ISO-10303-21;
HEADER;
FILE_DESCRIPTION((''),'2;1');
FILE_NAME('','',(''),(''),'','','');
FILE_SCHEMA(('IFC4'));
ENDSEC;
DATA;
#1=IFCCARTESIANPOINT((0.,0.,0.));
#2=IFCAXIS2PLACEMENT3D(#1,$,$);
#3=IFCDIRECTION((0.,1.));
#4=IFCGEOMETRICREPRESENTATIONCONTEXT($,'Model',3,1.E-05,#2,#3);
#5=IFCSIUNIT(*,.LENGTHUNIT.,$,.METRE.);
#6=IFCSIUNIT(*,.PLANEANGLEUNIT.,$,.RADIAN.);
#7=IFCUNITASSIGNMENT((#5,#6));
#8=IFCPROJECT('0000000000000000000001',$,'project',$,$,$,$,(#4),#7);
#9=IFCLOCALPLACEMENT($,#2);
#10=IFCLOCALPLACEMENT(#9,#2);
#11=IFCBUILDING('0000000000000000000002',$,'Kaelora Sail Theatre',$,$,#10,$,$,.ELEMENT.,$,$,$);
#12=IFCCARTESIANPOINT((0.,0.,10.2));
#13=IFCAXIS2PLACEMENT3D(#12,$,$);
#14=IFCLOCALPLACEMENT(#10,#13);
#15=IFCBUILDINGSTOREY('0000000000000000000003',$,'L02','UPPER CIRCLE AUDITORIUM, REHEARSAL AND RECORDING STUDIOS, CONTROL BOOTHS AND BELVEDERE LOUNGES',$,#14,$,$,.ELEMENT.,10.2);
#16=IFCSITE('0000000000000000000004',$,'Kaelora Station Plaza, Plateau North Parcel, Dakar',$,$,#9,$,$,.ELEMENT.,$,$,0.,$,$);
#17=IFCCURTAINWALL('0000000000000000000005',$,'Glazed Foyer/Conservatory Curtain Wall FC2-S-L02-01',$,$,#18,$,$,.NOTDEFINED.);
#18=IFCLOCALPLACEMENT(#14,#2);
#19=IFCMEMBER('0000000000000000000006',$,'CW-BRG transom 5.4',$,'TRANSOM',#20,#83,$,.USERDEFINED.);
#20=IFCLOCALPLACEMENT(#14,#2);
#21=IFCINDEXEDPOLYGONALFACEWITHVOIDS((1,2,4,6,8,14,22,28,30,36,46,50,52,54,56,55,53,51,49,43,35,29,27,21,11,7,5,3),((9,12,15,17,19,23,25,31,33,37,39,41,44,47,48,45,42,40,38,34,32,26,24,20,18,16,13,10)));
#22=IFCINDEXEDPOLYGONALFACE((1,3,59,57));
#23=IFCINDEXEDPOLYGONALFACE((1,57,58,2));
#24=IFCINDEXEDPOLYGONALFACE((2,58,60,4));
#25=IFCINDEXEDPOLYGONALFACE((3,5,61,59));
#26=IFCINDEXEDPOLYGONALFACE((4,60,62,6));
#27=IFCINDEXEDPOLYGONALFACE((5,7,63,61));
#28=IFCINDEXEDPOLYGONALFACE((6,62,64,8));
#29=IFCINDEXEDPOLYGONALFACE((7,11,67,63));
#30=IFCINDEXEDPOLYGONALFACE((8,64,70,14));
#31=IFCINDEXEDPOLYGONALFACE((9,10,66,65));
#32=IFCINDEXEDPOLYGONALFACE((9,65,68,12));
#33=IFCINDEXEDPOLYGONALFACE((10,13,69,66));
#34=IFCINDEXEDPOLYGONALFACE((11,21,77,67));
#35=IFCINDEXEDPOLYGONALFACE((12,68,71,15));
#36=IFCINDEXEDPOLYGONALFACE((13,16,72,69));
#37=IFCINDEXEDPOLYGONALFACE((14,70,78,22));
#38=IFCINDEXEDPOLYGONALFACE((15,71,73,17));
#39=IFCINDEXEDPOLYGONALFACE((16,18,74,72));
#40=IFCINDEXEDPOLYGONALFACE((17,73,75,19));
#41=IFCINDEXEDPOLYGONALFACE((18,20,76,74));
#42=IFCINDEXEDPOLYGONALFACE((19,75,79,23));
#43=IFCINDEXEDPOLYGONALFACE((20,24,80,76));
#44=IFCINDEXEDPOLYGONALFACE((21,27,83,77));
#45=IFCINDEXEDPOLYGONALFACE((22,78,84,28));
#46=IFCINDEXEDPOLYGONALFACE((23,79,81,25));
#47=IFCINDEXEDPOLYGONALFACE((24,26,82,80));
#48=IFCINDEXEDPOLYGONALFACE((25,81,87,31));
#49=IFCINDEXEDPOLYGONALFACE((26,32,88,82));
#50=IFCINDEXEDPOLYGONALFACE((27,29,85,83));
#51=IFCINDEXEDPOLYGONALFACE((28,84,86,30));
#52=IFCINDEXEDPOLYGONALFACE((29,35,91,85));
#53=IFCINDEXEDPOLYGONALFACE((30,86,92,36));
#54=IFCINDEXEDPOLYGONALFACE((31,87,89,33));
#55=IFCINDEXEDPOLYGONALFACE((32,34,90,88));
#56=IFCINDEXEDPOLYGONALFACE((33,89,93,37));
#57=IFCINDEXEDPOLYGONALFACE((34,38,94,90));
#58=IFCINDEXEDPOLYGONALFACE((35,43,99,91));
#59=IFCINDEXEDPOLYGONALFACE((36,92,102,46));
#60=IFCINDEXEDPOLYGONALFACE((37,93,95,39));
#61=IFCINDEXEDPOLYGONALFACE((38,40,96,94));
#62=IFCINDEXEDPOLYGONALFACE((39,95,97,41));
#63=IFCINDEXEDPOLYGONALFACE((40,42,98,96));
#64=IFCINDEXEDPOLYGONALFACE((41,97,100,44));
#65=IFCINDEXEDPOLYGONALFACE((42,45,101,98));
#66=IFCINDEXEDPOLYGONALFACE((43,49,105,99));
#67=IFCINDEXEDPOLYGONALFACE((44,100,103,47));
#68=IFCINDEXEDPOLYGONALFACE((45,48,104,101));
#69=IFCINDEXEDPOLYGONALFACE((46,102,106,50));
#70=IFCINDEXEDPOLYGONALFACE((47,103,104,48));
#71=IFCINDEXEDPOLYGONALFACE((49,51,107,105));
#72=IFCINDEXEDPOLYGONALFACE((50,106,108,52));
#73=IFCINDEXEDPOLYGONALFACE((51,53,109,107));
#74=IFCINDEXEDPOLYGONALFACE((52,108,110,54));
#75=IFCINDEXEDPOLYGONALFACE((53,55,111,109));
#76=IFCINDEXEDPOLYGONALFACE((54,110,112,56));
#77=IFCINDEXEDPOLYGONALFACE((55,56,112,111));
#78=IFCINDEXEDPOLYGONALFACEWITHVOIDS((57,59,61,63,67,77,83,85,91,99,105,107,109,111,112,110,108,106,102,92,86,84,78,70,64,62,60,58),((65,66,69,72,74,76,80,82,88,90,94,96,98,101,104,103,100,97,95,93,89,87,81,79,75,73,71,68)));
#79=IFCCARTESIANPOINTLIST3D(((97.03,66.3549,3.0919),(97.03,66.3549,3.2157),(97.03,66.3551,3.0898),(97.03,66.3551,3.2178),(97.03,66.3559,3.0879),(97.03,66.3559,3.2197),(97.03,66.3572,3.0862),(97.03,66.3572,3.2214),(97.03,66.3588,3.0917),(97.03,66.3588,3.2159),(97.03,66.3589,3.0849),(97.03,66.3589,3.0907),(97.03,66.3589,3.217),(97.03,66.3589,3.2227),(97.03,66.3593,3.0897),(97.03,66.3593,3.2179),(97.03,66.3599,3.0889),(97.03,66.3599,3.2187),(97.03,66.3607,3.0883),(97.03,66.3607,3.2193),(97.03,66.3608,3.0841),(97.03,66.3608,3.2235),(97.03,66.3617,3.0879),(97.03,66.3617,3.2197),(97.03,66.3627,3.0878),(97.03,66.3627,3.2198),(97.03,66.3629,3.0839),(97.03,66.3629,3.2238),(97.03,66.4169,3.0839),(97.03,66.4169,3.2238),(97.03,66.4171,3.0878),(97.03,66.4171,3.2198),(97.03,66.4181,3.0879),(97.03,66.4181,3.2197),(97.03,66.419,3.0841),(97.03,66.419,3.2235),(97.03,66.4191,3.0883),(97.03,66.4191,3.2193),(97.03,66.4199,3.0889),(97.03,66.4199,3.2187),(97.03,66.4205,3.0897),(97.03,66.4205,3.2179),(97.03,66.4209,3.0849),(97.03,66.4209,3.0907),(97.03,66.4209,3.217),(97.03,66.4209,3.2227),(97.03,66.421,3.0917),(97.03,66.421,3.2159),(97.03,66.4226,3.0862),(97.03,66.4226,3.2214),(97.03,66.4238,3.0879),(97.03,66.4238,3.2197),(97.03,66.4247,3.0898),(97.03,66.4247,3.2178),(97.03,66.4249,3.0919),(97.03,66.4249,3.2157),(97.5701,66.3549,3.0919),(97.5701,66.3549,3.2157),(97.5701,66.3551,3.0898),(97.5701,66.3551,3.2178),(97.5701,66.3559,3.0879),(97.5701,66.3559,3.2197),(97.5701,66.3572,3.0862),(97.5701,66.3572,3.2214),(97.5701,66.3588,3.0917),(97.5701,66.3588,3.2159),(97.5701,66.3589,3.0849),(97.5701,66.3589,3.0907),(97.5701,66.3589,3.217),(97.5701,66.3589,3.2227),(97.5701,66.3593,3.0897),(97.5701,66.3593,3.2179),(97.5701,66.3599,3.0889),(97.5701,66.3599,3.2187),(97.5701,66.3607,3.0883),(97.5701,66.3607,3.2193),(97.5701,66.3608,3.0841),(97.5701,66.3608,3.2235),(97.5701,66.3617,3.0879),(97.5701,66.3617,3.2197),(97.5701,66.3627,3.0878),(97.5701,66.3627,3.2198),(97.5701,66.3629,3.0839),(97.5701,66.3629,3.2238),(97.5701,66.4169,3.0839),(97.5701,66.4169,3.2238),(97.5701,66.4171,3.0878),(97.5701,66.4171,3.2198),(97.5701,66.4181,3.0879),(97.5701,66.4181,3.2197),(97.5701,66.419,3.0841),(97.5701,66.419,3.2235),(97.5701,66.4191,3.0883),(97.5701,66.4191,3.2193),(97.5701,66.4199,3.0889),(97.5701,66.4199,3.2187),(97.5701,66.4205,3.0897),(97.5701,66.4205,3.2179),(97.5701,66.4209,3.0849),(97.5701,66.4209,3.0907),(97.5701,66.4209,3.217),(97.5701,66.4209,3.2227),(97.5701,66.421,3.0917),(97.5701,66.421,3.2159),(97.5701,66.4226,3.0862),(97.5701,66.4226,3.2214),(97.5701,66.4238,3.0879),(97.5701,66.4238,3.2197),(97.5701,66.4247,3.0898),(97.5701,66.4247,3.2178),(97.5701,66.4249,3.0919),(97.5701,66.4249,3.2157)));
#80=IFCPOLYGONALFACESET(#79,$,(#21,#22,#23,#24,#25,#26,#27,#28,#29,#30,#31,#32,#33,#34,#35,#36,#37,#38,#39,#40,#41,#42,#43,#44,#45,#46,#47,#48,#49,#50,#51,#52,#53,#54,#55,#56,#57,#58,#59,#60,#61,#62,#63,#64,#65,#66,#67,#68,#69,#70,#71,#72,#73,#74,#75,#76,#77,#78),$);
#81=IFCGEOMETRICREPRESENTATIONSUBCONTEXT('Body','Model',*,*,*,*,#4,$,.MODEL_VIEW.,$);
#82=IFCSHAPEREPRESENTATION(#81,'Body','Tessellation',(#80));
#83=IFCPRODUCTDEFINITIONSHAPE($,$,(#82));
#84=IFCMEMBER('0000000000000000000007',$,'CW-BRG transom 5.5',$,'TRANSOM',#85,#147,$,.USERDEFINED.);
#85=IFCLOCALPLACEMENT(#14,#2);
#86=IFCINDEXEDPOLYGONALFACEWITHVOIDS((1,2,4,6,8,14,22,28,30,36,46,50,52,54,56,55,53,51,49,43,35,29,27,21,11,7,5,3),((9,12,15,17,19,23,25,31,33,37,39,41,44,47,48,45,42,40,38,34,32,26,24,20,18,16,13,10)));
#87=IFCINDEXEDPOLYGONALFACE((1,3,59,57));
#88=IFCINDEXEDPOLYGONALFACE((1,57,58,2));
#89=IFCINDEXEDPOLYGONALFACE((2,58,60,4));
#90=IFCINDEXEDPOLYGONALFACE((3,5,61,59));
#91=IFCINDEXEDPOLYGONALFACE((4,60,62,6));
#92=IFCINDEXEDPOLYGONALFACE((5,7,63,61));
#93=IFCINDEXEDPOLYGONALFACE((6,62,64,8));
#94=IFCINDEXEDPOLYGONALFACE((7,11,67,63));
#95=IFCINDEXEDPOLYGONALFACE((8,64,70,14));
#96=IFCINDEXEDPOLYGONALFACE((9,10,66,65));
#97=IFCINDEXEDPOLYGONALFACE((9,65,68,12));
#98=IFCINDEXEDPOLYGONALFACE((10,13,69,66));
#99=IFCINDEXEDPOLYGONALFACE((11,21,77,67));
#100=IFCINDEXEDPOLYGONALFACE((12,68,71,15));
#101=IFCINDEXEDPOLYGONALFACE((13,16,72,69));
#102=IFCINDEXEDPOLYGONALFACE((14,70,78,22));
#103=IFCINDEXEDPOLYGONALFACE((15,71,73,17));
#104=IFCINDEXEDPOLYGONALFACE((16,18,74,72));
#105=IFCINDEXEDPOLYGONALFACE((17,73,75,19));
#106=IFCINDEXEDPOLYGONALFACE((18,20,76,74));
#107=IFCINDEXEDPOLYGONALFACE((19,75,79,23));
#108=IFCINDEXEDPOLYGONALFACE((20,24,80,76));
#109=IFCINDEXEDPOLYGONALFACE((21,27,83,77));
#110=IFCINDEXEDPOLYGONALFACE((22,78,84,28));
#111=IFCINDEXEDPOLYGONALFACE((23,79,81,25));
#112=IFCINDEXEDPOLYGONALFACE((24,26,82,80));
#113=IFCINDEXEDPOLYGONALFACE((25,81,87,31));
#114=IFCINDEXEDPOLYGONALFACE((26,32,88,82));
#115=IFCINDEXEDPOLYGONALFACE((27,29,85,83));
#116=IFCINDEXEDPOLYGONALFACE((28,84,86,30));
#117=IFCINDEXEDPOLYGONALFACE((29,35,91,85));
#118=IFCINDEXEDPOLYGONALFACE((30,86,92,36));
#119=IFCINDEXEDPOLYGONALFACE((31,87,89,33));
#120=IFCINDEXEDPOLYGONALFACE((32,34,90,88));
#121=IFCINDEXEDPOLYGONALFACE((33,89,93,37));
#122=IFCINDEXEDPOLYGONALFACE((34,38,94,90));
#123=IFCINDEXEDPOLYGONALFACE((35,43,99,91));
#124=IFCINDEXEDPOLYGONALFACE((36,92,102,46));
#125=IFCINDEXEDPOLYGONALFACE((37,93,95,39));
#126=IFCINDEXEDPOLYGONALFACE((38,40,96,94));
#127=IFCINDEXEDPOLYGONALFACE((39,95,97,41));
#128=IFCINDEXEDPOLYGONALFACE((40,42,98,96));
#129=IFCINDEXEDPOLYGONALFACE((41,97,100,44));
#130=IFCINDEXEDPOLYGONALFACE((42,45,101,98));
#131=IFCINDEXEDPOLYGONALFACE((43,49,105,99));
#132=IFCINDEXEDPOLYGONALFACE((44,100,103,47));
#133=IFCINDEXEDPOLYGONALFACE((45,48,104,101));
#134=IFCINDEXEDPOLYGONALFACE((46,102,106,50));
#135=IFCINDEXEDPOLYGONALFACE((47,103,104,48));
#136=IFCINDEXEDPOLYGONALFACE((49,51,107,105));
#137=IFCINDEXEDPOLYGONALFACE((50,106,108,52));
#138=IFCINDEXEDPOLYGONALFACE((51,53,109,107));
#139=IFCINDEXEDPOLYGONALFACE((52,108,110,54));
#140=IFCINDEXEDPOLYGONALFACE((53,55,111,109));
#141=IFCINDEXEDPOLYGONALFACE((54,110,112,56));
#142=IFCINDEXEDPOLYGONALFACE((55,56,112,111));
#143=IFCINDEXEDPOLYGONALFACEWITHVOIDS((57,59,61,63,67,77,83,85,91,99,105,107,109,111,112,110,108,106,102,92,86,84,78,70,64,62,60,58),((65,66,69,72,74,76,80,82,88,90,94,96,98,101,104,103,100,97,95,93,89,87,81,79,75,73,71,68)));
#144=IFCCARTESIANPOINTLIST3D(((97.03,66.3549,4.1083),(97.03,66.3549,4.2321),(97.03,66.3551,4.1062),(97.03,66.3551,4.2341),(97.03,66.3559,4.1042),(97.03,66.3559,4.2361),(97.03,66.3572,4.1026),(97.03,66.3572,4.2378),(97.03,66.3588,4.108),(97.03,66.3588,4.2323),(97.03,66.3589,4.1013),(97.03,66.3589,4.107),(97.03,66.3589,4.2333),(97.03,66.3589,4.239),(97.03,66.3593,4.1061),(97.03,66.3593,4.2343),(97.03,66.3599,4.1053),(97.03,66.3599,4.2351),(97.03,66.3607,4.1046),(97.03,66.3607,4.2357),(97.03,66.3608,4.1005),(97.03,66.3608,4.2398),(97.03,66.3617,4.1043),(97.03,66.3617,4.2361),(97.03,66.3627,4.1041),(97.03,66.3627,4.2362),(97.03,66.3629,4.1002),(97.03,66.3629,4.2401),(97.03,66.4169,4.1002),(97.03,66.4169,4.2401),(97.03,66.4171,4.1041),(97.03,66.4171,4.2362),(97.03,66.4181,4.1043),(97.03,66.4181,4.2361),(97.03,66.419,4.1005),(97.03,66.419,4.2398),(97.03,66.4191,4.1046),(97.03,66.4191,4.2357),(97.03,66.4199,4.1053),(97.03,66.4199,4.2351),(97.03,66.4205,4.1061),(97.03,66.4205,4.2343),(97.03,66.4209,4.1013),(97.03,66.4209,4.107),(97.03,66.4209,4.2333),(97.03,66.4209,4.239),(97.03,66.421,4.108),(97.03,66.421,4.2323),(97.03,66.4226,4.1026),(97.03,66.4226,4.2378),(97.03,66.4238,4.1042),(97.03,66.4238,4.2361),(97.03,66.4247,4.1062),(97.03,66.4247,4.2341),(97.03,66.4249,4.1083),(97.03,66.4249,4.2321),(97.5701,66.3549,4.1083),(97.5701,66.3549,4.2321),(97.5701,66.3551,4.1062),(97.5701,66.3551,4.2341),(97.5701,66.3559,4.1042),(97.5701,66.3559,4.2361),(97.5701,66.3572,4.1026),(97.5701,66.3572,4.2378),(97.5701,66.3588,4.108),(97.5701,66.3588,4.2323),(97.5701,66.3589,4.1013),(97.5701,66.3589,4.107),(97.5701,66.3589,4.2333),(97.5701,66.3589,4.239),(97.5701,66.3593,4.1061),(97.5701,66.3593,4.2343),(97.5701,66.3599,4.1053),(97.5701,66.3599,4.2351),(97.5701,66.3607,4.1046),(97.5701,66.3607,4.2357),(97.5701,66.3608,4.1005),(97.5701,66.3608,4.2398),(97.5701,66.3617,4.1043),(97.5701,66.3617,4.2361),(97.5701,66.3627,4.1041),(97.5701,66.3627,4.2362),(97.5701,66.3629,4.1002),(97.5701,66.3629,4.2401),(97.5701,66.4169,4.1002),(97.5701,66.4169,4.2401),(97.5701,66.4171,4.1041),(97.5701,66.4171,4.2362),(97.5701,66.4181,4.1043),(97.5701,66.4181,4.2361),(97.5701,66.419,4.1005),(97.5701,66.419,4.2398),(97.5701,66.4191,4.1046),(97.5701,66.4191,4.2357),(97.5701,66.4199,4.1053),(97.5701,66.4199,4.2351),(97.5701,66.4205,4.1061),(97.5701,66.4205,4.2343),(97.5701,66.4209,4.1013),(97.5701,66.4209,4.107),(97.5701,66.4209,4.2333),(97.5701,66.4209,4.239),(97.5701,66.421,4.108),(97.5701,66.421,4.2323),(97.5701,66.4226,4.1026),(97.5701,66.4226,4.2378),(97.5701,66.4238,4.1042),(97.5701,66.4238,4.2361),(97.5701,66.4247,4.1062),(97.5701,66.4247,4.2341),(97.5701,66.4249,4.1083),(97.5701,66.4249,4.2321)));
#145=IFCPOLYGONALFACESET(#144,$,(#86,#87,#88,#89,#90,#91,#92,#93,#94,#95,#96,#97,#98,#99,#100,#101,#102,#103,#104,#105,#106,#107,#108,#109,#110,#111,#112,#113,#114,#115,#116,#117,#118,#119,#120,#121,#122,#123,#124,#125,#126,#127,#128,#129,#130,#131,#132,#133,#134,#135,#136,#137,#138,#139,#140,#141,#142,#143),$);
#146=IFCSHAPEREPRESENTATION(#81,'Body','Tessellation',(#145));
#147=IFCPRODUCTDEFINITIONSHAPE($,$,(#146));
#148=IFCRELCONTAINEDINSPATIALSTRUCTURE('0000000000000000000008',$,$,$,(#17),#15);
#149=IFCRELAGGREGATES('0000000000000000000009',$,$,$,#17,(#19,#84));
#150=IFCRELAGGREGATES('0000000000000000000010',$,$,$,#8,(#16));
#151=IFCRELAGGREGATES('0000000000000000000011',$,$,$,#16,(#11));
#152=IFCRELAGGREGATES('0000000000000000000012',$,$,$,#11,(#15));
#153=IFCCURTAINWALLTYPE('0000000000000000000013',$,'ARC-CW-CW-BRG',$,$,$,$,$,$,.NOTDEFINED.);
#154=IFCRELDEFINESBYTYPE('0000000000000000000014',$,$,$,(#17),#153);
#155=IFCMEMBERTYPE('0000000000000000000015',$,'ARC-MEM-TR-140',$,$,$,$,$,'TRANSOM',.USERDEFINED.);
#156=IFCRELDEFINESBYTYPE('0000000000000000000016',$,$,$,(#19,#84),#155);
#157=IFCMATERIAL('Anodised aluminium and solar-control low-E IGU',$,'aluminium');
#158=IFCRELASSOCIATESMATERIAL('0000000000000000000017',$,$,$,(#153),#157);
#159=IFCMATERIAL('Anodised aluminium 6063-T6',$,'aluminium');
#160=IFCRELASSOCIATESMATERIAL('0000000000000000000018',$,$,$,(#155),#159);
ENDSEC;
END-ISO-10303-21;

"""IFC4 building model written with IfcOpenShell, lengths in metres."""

from ifc_helpers import new_model, si_unit, direction, frame, origin, origin_2d, place, context, subcontext, project, spatial, hollow_rectangle, extrude, material, material_profile, profile_set, type_object, element, aggregate, save


model = new_model("IFC4")

# Units and contexts
model_context = context("Model", 3, precision=1e-05, world=origin(), true_north=direction((0.0, 1.0)))
body_context = subcontext(model_context, "Body", "Model", "MODEL_VIEW")
ifc_project = project(units=[si_unit("LENGTHUNIT", "METRE"), si_unit("PLANEANGLEUNIT", "RADIAN")], contexts=[model_context])

# Site, building, storey
site_placement = place(None, origin())
site = spatial("IfcSite", under=ifc_project, at=site_placement, Name="Kaelora Station Plaza, Plateau North Parcel, Dakar", CompositionType="ELEMENT", RefElevation=0.0)
building_placement = place(site_placement, origin())
building = spatial("IfcBuilding", under=site, at=building_placement, Name="Kaelora Sail Theatre", CompositionType="ELEMENT")
storey_placement = place(building_placement, frame((0.0, 0.0, 10.2)))
storey = spatial("IfcBuildingStorey", under=building, at=storey_placement, Name="L02", Description="UPPER CIRCLE AUDITORIUM, REHEARSAL AND RECORDING STUDIOS, CONTROL BOOTHS AND BELVEDERE LOUNGES", CompositionType="ELEMENT", Elevation=10.2)

# Curtain wall
ifc_material_1 = material(Name="Anodised aluminium and solar-control low-E IGU", Category="aluminium")
curtain_wall_type = type_object("IfcCurtainWallType", Name="ARC-CW-CW-BRG", PredefinedType="NOTDEFINED", material=ifc_material_1)
curtain_wall_1_placement = place(storey_placement, origin())
curtain_wall_1 = element("IfcCurtainWall", 1, at=curtain_wall_1_placement, inside=storey, type_object=curtain_wall_type, Name="Glazed Foyer/Conservatory Curtain Wall FC2-S-L02-01", PredefinedType="NOTDEFINED")

# Members
ifc_material_2 = material(Name="Anodised aluminium 6063-T6", Category="aluminium")
ifc_material_profile_1 = material_profile(ifc_material_2, hollow_rectangle(XDim=0.0701, YDim=0.1399, WallThickness=0.0039, InnerFilletRadius=0.0039, OuterFilletRadius=0.0081, at=origin_2d()), Name="ALU-TRAN 70x140x4")
ifc_profile_set_1 = profile_set([ifc_material_profile_1], Name="Anodised aluminium 6063-T6")
member_type_1 = type_object("IfcMemberType", Name="ARC-MEM-TR-140", ElementType="TRANSOM", PredefinedType="USERDEFINED", material=ifc_profile_set_1)
member_1_placement = place(storey_placement, frame((97.03, 66.3899, 3.1538), z_axis=(1.0, 0.0, 0.0), x_axis=(0.0, 1.0, 0.0)))
member_1 = element("IfcMember", 2, at=member_1_placement, type_object=member_type_1, Name="CW-BRG transom 5.4", ObjectType="TRANSOM", PredefinedType="USERDEFINED", context=body_context, shape_type="SweptSolid", body=[
    extrude(hollow_rectangle(XDim=0.0701, YDim=0.1399, WallThickness=0.0039, InnerFilletRadius=0.0039, OuterFilletRadius=0.0081, at=origin_2d()), origin(), (0.0, 0.0, 1.0), 0.54),
])
member_2_placement = place(storey_placement, frame((97.03, 66.3899, 4.1702), z_axis=(1.0, 0.0, 0.0), x_axis=(0.0, 1.0, 0.0)))
member_2 = element("IfcMember", 3, at=member_2_placement, type_object=member_type_1, Name="CW-BRG transom 5.5", ObjectType="TRANSOM", PredefinedType="USERDEFINED", context=body_context, shape_type="SweptSolid", body=[
    extrude(hollow_rectangle(XDim=0.0701, YDim=0.1399, WallThickness=0.0039, InnerFilletRadius=0.0039, OuterFilletRadius=0.0081, at=origin_2d()), origin(), (0.0, 0.0, 1.0), 0.54),
])

aggregate(curtain_wall_1, [member_1, member_2])

save(model, "model.ifc")
